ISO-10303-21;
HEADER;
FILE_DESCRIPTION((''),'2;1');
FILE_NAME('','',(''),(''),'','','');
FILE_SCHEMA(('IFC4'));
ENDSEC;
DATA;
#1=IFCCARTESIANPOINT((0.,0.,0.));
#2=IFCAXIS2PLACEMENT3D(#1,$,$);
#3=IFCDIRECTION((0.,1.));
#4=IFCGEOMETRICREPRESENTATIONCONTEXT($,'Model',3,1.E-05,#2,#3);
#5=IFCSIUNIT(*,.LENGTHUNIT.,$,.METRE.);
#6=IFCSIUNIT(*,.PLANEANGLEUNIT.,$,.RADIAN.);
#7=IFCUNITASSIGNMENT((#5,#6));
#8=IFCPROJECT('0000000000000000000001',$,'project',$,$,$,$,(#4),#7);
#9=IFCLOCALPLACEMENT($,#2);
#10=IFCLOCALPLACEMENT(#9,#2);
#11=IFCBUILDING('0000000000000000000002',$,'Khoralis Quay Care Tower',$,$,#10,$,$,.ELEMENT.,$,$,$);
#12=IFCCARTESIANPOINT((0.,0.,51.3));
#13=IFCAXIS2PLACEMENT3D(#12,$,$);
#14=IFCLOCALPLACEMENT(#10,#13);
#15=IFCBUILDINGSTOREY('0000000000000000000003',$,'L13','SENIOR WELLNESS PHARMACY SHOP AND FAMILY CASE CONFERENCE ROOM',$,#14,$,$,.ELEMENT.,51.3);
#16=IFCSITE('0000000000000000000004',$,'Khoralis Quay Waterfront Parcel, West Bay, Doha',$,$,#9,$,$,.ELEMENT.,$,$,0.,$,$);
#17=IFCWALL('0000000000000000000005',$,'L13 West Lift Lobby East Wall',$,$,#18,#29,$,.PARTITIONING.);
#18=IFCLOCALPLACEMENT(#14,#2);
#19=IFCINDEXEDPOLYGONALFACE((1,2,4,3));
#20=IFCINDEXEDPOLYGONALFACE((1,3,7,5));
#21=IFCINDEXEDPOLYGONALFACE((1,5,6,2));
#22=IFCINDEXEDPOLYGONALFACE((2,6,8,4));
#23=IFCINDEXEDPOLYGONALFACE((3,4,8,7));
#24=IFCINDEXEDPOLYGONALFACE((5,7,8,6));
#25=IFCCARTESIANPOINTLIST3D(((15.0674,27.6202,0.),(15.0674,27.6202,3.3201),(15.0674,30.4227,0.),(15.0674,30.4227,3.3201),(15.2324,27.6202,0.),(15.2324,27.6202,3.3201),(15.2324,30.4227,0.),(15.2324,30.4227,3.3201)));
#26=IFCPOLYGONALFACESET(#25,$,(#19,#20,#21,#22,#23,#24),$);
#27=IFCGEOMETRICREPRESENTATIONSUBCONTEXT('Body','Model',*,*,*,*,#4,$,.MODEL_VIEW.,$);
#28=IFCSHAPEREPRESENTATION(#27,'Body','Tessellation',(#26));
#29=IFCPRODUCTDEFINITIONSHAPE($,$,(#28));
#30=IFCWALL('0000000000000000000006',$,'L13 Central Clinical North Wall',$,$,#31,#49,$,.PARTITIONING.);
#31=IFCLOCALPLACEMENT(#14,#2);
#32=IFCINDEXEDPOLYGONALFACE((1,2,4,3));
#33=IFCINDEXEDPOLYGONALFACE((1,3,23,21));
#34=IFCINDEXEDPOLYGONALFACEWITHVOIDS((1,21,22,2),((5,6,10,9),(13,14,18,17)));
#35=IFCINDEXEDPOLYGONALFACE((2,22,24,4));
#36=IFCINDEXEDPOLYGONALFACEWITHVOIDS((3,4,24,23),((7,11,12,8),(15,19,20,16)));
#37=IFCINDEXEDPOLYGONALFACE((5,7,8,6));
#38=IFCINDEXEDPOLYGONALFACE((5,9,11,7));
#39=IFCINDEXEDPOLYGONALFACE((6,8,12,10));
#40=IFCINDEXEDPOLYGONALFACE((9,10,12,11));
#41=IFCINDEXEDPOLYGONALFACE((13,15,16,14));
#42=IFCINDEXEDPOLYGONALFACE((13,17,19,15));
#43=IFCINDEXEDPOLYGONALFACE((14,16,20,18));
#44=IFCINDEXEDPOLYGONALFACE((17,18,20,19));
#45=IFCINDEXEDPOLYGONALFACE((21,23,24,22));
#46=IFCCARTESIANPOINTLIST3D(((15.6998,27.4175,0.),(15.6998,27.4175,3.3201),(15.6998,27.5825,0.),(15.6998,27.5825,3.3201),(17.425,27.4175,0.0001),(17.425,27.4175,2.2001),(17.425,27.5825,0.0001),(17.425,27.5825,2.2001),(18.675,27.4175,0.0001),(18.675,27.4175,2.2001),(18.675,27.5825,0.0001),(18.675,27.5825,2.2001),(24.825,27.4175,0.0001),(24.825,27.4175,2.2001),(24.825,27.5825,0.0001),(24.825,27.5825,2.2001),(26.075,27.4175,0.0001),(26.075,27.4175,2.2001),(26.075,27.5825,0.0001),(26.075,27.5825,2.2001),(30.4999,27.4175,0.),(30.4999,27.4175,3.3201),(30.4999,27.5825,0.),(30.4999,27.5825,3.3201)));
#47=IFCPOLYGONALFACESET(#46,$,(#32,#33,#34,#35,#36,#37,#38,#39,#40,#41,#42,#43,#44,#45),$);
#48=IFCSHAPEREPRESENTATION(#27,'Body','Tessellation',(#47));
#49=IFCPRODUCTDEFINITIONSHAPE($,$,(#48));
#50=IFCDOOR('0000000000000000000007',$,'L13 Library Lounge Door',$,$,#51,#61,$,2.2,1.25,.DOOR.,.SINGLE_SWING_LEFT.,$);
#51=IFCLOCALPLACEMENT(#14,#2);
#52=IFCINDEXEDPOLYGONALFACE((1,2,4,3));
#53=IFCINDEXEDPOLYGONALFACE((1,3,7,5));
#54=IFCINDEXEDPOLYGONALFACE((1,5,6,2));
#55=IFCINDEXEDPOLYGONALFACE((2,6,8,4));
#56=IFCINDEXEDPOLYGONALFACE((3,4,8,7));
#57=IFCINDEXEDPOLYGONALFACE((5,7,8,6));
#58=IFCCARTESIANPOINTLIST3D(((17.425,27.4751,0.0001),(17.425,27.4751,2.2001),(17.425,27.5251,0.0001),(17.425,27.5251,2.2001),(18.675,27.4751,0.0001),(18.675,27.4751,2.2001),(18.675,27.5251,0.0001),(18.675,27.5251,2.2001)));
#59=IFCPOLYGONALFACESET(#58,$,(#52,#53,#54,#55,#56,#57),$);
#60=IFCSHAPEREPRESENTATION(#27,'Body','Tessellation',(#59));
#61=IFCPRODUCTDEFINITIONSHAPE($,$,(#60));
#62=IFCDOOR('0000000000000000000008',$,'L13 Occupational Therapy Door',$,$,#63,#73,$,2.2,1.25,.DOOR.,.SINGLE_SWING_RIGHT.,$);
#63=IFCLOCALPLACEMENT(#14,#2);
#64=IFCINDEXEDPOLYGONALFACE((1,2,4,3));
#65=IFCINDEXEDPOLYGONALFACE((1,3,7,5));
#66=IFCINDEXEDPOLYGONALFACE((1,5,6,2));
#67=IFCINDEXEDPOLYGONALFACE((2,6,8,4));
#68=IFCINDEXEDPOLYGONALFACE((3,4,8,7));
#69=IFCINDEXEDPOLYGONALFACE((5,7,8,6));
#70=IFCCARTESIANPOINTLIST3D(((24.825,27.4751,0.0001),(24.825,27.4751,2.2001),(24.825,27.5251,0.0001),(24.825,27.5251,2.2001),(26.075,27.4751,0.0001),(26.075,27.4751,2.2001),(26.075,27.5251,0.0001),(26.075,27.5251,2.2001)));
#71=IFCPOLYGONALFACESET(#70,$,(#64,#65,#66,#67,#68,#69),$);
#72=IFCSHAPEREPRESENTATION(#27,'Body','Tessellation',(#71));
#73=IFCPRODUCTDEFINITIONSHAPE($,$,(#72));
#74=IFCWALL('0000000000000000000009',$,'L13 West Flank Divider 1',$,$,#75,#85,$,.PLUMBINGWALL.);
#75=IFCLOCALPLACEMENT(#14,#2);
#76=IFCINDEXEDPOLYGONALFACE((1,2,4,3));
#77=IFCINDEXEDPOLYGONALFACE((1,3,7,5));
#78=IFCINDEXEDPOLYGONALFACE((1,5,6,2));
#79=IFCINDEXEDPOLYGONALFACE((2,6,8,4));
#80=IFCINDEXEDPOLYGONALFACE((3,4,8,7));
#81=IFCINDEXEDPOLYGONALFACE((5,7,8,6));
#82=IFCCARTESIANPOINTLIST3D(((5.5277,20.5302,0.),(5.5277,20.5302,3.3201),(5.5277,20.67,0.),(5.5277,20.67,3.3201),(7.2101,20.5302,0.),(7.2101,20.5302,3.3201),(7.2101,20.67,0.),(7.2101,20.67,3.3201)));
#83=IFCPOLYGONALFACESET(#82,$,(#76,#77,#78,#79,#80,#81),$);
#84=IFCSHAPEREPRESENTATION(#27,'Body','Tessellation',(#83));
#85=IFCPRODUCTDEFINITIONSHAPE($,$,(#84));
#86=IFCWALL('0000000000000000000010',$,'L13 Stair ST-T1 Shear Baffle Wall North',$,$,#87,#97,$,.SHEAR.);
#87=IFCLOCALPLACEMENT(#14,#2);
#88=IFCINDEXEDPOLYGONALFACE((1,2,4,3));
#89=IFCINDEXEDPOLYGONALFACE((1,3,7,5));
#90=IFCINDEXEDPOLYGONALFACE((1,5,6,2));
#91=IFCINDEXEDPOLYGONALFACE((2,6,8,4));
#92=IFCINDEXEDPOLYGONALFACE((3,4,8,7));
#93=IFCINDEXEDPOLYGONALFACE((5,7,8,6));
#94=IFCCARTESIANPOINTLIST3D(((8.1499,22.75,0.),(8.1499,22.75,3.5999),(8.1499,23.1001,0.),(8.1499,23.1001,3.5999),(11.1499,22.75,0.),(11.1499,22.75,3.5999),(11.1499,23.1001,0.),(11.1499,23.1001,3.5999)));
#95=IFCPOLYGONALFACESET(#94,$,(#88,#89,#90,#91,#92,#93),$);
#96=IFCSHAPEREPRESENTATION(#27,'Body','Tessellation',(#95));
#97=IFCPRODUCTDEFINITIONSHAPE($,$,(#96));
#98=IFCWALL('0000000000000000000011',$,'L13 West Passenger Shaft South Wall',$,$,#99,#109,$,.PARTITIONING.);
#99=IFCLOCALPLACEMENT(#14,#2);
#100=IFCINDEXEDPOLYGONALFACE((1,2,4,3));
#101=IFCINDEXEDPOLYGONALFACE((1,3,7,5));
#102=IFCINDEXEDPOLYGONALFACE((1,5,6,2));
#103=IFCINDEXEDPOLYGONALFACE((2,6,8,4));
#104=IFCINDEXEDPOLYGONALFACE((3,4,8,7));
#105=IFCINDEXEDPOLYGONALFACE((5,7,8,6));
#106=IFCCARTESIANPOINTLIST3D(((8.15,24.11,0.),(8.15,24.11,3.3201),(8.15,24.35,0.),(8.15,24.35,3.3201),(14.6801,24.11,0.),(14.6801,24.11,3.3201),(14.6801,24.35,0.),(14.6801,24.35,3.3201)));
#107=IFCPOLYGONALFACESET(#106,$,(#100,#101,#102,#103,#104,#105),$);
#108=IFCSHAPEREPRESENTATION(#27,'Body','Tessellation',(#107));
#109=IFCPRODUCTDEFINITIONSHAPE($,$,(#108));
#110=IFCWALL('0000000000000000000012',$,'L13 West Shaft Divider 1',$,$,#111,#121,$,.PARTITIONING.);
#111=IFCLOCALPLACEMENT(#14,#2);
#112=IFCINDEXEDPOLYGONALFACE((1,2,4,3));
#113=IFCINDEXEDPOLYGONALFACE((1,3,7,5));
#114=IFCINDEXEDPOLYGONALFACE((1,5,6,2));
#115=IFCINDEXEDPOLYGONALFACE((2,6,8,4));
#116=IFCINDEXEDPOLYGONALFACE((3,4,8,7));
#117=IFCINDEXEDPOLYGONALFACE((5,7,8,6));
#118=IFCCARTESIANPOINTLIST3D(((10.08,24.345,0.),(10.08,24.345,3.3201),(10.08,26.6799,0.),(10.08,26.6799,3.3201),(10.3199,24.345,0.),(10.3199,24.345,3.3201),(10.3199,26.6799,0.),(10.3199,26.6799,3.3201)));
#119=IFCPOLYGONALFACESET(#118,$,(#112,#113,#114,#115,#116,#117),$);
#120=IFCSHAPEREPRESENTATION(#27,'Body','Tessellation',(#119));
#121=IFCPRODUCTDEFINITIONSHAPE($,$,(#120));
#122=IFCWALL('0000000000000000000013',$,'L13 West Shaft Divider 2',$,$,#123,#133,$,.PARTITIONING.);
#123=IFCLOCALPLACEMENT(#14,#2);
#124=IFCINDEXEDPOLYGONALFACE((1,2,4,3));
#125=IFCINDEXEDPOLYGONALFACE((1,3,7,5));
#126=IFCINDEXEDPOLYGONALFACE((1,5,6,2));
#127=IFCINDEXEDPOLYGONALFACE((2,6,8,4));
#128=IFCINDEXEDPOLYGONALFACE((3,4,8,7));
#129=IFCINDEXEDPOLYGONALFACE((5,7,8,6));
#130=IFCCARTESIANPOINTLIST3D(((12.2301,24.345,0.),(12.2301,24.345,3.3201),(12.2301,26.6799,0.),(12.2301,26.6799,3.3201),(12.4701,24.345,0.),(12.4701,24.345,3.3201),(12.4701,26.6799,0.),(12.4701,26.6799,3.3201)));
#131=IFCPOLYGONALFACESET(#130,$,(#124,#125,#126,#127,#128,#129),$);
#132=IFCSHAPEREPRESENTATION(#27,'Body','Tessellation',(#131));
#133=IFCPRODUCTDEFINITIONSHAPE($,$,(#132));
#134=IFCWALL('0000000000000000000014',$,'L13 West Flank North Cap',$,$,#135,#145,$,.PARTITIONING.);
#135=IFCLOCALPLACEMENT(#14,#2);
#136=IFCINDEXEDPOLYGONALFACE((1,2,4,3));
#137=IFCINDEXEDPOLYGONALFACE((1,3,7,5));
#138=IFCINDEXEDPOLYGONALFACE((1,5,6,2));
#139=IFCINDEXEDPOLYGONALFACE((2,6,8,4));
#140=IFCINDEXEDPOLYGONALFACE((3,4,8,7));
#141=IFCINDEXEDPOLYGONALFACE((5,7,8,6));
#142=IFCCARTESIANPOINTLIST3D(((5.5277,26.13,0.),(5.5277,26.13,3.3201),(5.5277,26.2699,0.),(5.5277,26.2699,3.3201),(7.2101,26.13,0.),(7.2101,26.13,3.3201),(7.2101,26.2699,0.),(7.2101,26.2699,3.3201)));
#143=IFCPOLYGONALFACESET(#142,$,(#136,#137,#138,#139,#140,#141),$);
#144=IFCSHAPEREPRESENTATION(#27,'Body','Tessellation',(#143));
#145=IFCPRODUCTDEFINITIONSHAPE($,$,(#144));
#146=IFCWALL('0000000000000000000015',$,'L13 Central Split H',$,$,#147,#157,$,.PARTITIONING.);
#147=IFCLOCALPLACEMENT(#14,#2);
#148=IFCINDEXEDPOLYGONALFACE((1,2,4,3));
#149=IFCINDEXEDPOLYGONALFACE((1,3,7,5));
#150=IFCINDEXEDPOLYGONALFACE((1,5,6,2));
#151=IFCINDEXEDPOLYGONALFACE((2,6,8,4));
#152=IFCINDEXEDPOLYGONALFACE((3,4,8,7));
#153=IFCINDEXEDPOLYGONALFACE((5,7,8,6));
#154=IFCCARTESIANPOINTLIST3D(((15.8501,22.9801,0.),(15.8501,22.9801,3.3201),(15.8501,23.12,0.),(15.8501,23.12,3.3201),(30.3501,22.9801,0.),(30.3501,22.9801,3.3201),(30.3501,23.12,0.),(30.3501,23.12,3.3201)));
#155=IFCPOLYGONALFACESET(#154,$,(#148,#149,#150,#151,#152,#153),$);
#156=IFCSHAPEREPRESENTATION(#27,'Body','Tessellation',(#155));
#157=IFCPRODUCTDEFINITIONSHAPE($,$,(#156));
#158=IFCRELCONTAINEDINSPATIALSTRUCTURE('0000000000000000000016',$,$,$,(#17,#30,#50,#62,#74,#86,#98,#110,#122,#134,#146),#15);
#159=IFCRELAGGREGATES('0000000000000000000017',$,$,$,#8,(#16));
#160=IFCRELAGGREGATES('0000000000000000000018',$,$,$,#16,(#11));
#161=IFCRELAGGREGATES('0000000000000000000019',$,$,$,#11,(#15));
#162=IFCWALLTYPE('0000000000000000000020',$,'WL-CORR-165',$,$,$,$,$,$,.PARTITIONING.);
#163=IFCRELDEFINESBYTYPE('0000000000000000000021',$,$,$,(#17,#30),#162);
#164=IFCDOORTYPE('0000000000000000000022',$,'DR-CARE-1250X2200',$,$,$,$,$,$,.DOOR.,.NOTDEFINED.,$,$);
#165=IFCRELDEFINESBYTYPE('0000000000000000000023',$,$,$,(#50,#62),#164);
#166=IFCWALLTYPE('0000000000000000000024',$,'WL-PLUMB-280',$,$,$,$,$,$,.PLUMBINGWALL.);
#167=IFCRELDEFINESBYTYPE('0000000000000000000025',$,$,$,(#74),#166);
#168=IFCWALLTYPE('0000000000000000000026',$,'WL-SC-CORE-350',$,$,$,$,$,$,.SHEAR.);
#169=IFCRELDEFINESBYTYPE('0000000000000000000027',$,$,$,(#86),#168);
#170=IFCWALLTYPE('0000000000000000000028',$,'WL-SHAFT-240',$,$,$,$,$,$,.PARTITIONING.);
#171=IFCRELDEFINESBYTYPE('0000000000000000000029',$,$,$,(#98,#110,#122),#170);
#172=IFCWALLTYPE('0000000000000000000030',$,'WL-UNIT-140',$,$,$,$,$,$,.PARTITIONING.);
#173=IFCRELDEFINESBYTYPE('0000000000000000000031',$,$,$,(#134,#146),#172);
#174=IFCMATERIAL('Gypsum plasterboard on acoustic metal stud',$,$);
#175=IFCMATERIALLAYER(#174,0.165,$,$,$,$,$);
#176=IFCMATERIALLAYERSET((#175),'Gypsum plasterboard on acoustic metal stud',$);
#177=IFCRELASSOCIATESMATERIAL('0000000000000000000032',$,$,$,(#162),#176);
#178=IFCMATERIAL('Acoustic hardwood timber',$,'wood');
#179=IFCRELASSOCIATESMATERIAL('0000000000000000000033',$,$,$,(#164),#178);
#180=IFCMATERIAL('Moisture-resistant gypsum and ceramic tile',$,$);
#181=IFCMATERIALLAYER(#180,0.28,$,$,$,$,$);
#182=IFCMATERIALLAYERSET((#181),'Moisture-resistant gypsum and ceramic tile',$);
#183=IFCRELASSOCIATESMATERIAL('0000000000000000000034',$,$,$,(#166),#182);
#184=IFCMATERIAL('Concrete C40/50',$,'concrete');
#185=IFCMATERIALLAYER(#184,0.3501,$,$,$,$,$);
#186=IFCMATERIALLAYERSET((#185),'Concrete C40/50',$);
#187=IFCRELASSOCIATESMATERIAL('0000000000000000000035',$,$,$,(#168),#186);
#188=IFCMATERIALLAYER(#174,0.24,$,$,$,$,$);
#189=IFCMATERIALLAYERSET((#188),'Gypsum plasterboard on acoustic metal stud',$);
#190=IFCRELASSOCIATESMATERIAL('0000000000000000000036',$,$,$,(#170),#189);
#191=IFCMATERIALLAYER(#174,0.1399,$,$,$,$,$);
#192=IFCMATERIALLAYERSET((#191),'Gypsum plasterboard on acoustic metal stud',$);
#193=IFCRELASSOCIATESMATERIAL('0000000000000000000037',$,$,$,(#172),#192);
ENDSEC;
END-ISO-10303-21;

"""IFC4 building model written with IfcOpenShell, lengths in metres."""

from ifc_helpers import new_model, si_unit, direction, frame, frame_2d, origin, place, context, subcontext, project, spatial, rectangle, extrude, source, transform, mapped, material, layer, layer_set, type_object, element, fill, save


model = new_model("IFC4")

# Units and contexts
model_context = context("Model", 3, precision=1e-05, world=origin(), true_north=direction((0.0, 1.0)))
body_context = subcontext(model_context, "Body", "Model", "MODEL_VIEW")
ifc_project = project(units=[si_unit("LENGTHUNIT", "METRE"), si_unit("PLANEANGLEUNIT", "RADIAN")], contexts=[model_context])

# Site, building, storey
site_placement = place(None, origin())
site = spatial("IfcSite", under=ifc_project, at=site_placement, Name="Khoralis Quay Waterfront Parcel, West Bay, Doha", CompositionType="ELEMENT", RefElevation=0.0)
building_placement = place(site_placement, origin())
building = spatial("IfcBuilding", under=site, at=building_placement, Name="Khoralis Quay Care Tower", CompositionType="ELEMENT")
storey_placement = place(building_placement, frame((0.0, 0.0, 51.3)))
storey = spatial("IfcBuildingStorey", under=building, at=storey_placement, Name="L13", Description="SENIOR WELLNESS PHARMACY SHOP AND FAMILY CASE CONFERENCE ROOM", CompositionType="ELEMENT", Elevation=51.3)

# Wall
ifc_material_1 = material(Name="Gypsum plasterboard on acoustic metal stud")
ifc_layer_1 = layer(ifc_material_1, 0.165)
ifc_layer_set_1 = layer_set([ifc_layer_1], Name="Gypsum plasterboard on acoustic metal stud")
wall_type_1 = type_object("IfcWallType", Name="WL-CORR-165", PredefinedType="PARTITIONING", material=ifc_layer_set_1)
for number, where, z_axis, x_axis, name in (
    (1, (15.1499, 27.6201, 0.0), (0.0, 0.0, 1.0), (0.0, 1.0, 0.0), "L13 West Lift Lobby East Wall"),
):
    element("IfcWall", number, at=place(storey_placement, frame(where, z_axis=z_axis, x_axis=x_axis)), inside=storey, type_object=wall_type_1, Name=name, PredefinedType="PARTITIONING", context=body_context, shape_type="SweptSolid", body=[
        extrude(rectangle(XDim=2.8025, YDim=0.165, at=frame_2d((1.4014, 0.0))), origin(), (0.0, 0.0, 1.0), 3.3201),
    ])

# Wall, openings, doors
wall_1_placement = place(storey_placement, frame((15.7, 27.5, 0.0), z_axis=(0.0, 0.0, 1.0), x_axis=(1.0, 0.0, 0.0)))
wall_1 = element("IfcWall", 2, at=wall_1_placement, inside=storey, type_object=wall_type_1, Name="L13 Central Clinical North Wall", PredefinedType="PARTITIONING", context=body_context, shape_type="SweptSolid", body=[
    extrude(rectangle(XDim=14.8, YDim=0.165, at=frame_2d((7.3999, 0.0))), origin(), (0.0, 0.0, 1.0), 3.3201),
])
opening_1_placement = place(wall_1_placement, frame((1.7251, 0.0, 0.0)))
opening_1 = element("IfcOpeningElement", 3, at=opening_1_placement, cuts=wall_1, PredefinedType="OPENING", context=body_context, shape_type="SweptSolid", body=[
    extrude(rectangle(XDim=1.25, YDim=2.2, at=frame_2d((0.625, 1.1001))), frame((0.0, 0.0925, 0.0), z_axis=(0.0, -1.0, 0.0), x_axis=(1.0, 0.0, 0.0)), (0.0, 0.0, 1.0), 0.1851),
])
opening_2_placement = place(wall_1_placement, frame((9.125, 0.0, 0.0)))
opening_2 = element("IfcOpeningElement", 4, at=opening_2_placement, cuts=wall_1, PredefinedType="OPENING", context=body_context, shape_type="SweptSolid", body=[
    extrude(rectangle(XDim=1.25, YDim=2.2, at=frame_2d((0.625, 1.1001))), frame((0.0, 0.0925, 0.0), z_axis=(0.0, -1.0, 0.0), x_axis=(1.0, 0.0, 0.0)), (0.0, 0.0, 1.0), 0.1851),
])
ifc_material_2 = material(Name="Acoustic hardwood timber", Category="wood")
door_type_1 = type_object("IfcDoorType", Name="DR-CARE-1250X2200", OperationType="NOTDEFINED", PredefinedType="DOOR", material=ifc_material_2)
shared_shape_1 = source(origin(), body_context, "Body", "SweptSolid", [
    extrude(rectangle(XDim=1.25, YDim=2.2, at=frame_2d((0.625, 1.1001))), frame((0.0, 0.0249, 0.0), z_axis=(0.0, -1.0, 0.0), x_axis=(1.0, 0.0, 0.0)), (0.0, 0.0, 1.0), 0.05),
])
door_1_placement = place(opening_1_placement, frame((1.25, 0.0, 0.0), z_axis=(0.0, 0.0, 1.0), x_axis=(-1.0, 0.0, 0.0)))
door_1 = element("IfcDoor", 5, at=door_1_placement, inside=storey, type_object=door_type_1, Name="L13 Library Lounge Door", OperationType="SINGLE_SWING_LEFT", OverallHeight=2.2, OverallWidth=1.25, PredefinedType="DOOR", context=body_context, shape_type="MappedRepresentation", body=[
    mapped(shared_shape_1, transform((0.0, 0.0, 0.0), scale=1.0)),
])
fill(opening_1, door_1)
door_2_placement = place(opening_2_placement, frame((1.25, 0.0, 0.0), z_axis=(0.0, 0.0, 1.0), x_axis=(-1.0, 0.0, 0.0)))
door_2 = element("IfcDoor", 6, at=door_2_placement, inside=storey, type_object=door_type_1, Name="L13 Occupational Therapy Door", OperationType="SINGLE_SWING_RIGHT", OverallHeight=2.2, OverallWidth=1.25, PredefinedType="DOOR", context=body_context, shape_type="MappedRepresentation", body=[
    mapped(shared_shape_1, transform((0.0, 0.0, 0.0), scale=1.0)),
])
fill(opening_2, door_2)

# Walls
ifc_material_3 = material(Name="Moisture-resistant gypsum and ceramic tile")
ifc_layer_2 = layer(ifc_material_3, 0.28)
ifc_layer_set_2 = layer_set([ifc_layer_2], Name="Moisture-resistant gypsum and ceramic tile")
wall_type_2 = type_object("IfcWallType", Name="WL-PLUMB-280", PredefinedType="PLUMBINGWALL", material=ifc_layer_set_2)
wall_2_placement = place(storey_placement, frame((5.5276, 20.6001, 0.0), z_axis=(0.0, 0.0, 1.0), x_axis=(1.0, 0.0, 0.0)))
element("IfcWall", 7, at=wall_2_placement, inside=storey, type_object=wall_type_2, Name="L13 West Flank Divider 1", PredefinedType="PLUMBINGWALL", context=body_context, shape_type="SweptSolid", body=[
    extrude(rectangle(XDim=1.6824, YDim=0.1399, at=frame_2d((0.8413, 0.0))), origin(), (0.0, 0.0, 1.0), 3.3201),
])
ifc_material_4 = material(Name="Concrete C40/50", Category="concrete")
ifc_layer_3 = layer(ifc_material_4, 0.3501)
ifc_layer_set_3 = layer_set([ifc_layer_3], Name="Concrete C40/50")
wall_type_3 = type_object("IfcWallType", Name="WL-SC-CORE-350", PredefinedType="SHEAR", material=ifc_layer_set_3)
wall_3_placement = place(storey_placement, frame((8.1499, 22.925, 0.0), z_axis=(0.0, 0.0, 1.0), x_axis=(1.0, 0.0, 0.0)))
element("IfcWall", 8, at=wall_3_placement, inside=storey, type_object=wall_type_3, Name="L13 Stair ST-T1 Shear Baffle Wall North", PredefinedType="SHEAR", context=body_context, shape_type="SweptSolid", body=[
    extrude(rectangle(XDim=3.0, YDim=0.3501, at=frame_2d((1.5, 0.0))), origin(), (0.0, 0.0, 1.0), 3.5999),
])
ifc_layer_4 = layer(ifc_material_1, 0.24)
ifc_layer_set_4 = layer_set([ifc_layer_4], Name="Gypsum plasterboard on acoustic metal stud")
wall_type_4 = type_object("IfcWallType", Name="WL-SHAFT-240", PredefinedType="PARTITIONING", material=ifc_layer_set_4)
wall_4_placement = place(storey_placement, frame((8.1499, 24.23, 0.0), z_axis=(0.0, 0.0, 1.0), x_axis=(1.0, 0.0, 0.0)))
element("IfcWall", 9, at=wall_4_placement, inside=storey, type_object=wall_type_4, Name="L13 West Passenger Shaft South Wall", PredefinedType="PARTITIONING", context=body_context, shape_type="SweptSolid", body=[
    extrude(rectangle(XDim=6.53, YDim=0.24, at=frame_2d((3.2651, 0.0))), origin(), (0.0, 0.0, 1.0), 3.3201),
])
for number, where, z_axis, x_axis, name in (
    (10, (10.2, 24.345, 0.0), (0.0, 0.0, 1.0), (0.0, 1.0, 0.0), "L13 West Shaft Divider 1"),
    (11, (12.3501, 24.345, 0.0), (0.0, 0.0, 1.0), (0.0, 1.0, 0.0), "L13 West Shaft Divider 2"),
):
    element("IfcWall", number, at=place(storey_placement, frame(where, z_axis=z_axis, x_axis=x_axis)), inside=storey, type_object=wall_type_4, Name=name, PredefinedType="PARTITIONING", context=body_context, shape_type="SweptSolid", body=[
        extrude(rectangle(XDim=2.335, YDim=0.24, at=frame_2d((1.1675, 0.0))), origin(), (0.0, 0.0, 1.0), 3.3201),
    ])
ifc_layer_5 = layer(ifc_material_1, 0.1399)
ifc_layer_set_5 = layer_set([ifc_layer_5], Name="Gypsum plasterboard on acoustic metal stud")
wall_type_5 = type_object("IfcWallType", Name="WL-UNIT-140", PredefinedType="PARTITIONING", material=ifc_layer_set_5)
wall_5_placement = place(storey_placement, frame((5.5276, 26.2, 0.0), z_axis=(0.0, 0.0, 1.0), x_axis=(1.0, 0.0, 0.0)))
element("IfcWall", 12, at=wall_5_placement, inside=storey, type_object=wall_type_5, Name="L13 West Flank North Cap", PredefinedType="PARTITIONING", context=body_context, shape_type="SweptSolid", body=[
    extrude(rectangle(XDim=1.6824, YDim=0.1399, at=frame_2d((0.8413, 0.0))), origin(), (0.0, 0.0, 1.0), 3.3201),
])
wall_6_placement = place(storey_placement, frame((15.8501, 23.05, 0.0), z_axis=(0.0, 0.0, 1.0), x_axis=(1.0, 0.0, 0.0)))
element("IfcWall", 13, at=wall_6_placement, inside=storey, type_object=wall_type_5, Name="L13 Central Split H", PredefinedType="PARTITIONING", context=body_context, shape_type="SweptSolid", body=[
    extrude(rectangle(XDim=14.5, YDim=0.1399, at=frame_2d((7.25, 0.0))), origin(), (0.0, 0.0, 1.0), 3.3201),
])

save(model, "model.ifc")
